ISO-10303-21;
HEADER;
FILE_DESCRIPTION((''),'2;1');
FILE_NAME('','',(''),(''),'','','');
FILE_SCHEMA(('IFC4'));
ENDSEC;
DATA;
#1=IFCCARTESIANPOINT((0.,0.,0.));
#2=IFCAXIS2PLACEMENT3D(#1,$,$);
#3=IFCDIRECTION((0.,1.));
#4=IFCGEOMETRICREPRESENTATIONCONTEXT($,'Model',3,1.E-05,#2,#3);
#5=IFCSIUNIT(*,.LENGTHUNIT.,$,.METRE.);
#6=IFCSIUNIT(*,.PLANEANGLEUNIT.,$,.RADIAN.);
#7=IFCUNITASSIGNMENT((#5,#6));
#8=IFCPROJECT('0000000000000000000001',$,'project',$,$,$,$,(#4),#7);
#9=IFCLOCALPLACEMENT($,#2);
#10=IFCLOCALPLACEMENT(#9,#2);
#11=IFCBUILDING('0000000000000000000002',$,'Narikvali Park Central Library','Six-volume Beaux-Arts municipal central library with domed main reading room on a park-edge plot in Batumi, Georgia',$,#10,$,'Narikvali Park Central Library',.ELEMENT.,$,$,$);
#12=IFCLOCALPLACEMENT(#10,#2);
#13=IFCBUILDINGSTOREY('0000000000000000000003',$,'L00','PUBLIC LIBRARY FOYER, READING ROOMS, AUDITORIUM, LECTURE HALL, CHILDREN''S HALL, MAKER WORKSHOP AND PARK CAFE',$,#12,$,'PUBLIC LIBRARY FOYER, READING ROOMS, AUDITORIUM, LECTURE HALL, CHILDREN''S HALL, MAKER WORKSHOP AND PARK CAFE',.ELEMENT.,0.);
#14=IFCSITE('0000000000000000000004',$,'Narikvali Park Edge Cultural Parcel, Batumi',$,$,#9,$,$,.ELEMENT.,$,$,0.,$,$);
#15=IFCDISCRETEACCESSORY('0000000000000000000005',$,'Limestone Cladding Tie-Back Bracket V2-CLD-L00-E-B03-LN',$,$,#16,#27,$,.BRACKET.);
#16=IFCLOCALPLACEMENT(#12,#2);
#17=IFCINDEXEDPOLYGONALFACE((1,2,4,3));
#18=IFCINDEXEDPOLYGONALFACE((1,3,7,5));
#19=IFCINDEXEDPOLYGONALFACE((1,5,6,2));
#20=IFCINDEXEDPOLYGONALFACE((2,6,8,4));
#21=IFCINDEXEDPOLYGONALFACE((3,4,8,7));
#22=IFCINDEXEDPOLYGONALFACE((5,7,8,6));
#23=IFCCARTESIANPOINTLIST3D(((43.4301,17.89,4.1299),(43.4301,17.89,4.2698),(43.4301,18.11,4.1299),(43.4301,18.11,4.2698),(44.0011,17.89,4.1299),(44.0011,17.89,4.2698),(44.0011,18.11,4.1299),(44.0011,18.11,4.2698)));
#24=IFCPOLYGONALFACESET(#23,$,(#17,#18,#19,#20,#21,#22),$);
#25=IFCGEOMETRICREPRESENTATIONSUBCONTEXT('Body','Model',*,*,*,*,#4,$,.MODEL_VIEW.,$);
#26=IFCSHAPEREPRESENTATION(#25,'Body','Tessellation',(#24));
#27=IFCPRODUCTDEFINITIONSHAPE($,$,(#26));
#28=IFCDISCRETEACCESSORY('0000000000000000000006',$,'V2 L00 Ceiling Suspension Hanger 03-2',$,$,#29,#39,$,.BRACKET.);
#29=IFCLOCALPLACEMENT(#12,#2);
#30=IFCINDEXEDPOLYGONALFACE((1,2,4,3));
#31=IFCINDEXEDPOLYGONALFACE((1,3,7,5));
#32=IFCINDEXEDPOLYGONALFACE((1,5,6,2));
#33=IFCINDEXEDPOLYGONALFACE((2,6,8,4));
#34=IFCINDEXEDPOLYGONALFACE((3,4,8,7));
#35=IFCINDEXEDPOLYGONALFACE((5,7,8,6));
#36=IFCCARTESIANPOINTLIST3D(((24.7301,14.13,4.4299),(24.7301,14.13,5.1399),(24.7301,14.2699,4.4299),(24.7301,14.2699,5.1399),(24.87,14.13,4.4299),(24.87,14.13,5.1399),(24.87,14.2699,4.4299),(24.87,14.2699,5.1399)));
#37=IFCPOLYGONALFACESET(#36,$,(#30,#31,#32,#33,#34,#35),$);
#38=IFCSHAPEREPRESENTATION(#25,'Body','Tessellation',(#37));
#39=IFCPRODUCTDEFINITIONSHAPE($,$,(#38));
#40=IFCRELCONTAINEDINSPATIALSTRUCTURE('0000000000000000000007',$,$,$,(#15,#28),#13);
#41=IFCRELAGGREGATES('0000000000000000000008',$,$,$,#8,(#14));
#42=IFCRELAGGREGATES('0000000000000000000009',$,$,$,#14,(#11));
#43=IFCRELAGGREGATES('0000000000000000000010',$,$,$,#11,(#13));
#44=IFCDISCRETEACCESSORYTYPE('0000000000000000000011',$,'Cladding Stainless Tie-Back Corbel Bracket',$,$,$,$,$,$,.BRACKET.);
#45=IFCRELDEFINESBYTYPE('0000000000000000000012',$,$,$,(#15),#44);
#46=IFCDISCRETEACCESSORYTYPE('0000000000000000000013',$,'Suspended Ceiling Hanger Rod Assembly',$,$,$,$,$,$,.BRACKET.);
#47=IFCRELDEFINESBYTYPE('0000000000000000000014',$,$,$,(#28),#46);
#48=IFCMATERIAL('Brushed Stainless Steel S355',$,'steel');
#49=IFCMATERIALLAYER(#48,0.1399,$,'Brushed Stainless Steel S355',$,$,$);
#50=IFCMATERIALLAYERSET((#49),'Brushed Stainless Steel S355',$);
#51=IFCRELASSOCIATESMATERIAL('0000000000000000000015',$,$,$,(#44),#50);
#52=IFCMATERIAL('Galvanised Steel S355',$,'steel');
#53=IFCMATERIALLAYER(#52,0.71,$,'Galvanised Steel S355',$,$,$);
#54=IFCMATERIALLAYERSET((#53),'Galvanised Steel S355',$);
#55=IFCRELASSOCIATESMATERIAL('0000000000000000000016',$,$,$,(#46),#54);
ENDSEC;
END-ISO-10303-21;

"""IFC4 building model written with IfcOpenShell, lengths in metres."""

from ifc_helpers import new_model, si_unit, direction, frame, origin, origin_2d, place, context, subcontext, project, spatial, rectangle, extrude, material, layer, layer_set, type_object, element, save


model = new_model("IFC4")

# Units and contexts
model_context = context("Model", 3, precision=1e-05, world=origin(), true_north=direction((0.0, 1.0)))
body_context = subcontext(model_context, "Body", "Model", "MODEL_VIEW")
ifc_project = project(units=[si_unit("LENGTHUNIT", "METRE"), si_unit("PLANEANGLEUNIT", "RADIAN")], contexts=[model_context])

# Site, building, storey
site_placement = place(None, origin())
site = spatial("IfcSite", under=ifc_project, at=site_placement, Name="Narikvali Park Edge Cultural Parcel, Batumi", CompositionType="ELEMENT", RefElevation=0.0)
building_placement = place(site_placement, origin())
building = spatial("IfcBuilding", under=site, at=building_placement, Name="Narikvali Park Central Library", Description="Six-volume Beaux-Arts municipal central library with domed main reading room on a park-edge plot in Batumi, Georgia", LongName="Narikvali Park Central Library", CompositionType="ELEMENT")
storey_placement = place(building_placement, origin())
storey = spatial("IfcBuildingStorey", under=building, at=storey_placement, Name="L00", Description="PUBLIC LIBRARY FOYER, READING ROOMS, AUDITORIUM, LECTURE HALL, CHILDREN'S HALL, MAKER WORKSHOP AND PARK CAFE", LongName="PUBLIC LIBRARY FOYER, READING ROOMS, AUDITORIUM, LECTURE HALL, CHILDREN'S HALL, MAKER WORKSHOP AND PARK CAFE", CompositionType="ELEMENT", Elevation=0.0)

# Discrete accessories
ifc_material_1 = material(Name="Brushed Stainless Steel S355", Category="steel")
ifc_layer_1 = layer(ifc_material_1, 0.1399, Name="Brushed Stainless Steel S355")
ifc_layer_set_1 = layer_set([ifc_layer_1], Name="Brushed Stainless Steel S355")
discrete_accessory_type_1 = type_object("IfcDiscreteAccessoryType", Name="Cladding Stainless Tie-Back Corbel Bracket", PredefinedType="BRACKET", material=ifc_layer_set_1)
discrete_accessory_1_placement = place(storey_placement, frame((43.7156, 18.0, 4.1299), z_axis=(0.0, 0.0, 1.0), x_axis=(1.0, 0.0, 0.0)))
element("IfcDiscreteAccessory", 1, at=discrete_accessory_1_placement, inside=storey, type_object=discrete_accessory_type_1, Name="Limestone Cladding Tie-Back Bracket V2-CLD-L00-E-B03-LN", PredefinedType="BRACKET", context=body_context, shape_type="SweptSolid", body=[
    extrude(rectangle(XDim=0.571, YDim=0.22, at=origin_2d()), origin(), (0.0, 0.0, 1.0), 0.1399),
])
ifc_material_2 = material(Name="Galvanised Steel S355", Category="steel")
ifc_layer_2 = layer(ifc_material_2, 0.71, Name="Galvanised Steel S355")
ifc_layer_set_2 = layer_set([ifc_layer_2], Name="Galvanised Steel S355")
discrete_accessory_type_2 = type_object("IfcDiscreteAccessoryType", Name="Suspended Ceiling Hanger Rod Assembly", PredefinedType="BRACKET", material=ifc_layer_set_2)
discrete_accessory_2_placement = place(storey_placement, frame((24.8, 14.2, 4.4299), z_axis=(0.0, 0.0, 1.0), x_axis=(1.0, 0.0, 0.0)))
element("IfcDiscreteAccessory", 2, at=discrete_accessory_2_placement, inside=storey, type_object=discrete_accessory_type_2, Name="V2 L00 Ceiling Suspension Hanger 03-2", PredefinedType="BRACKET", context=body_context, shape_type="SweptSolid", body=[
    extrude(rectangle(XDim=0.1399, YDim=0.1399, at=origin_2d()), origin(), (0.0, 0.0, 1.0), 0.71),
])

save(model, "model.ifc")
